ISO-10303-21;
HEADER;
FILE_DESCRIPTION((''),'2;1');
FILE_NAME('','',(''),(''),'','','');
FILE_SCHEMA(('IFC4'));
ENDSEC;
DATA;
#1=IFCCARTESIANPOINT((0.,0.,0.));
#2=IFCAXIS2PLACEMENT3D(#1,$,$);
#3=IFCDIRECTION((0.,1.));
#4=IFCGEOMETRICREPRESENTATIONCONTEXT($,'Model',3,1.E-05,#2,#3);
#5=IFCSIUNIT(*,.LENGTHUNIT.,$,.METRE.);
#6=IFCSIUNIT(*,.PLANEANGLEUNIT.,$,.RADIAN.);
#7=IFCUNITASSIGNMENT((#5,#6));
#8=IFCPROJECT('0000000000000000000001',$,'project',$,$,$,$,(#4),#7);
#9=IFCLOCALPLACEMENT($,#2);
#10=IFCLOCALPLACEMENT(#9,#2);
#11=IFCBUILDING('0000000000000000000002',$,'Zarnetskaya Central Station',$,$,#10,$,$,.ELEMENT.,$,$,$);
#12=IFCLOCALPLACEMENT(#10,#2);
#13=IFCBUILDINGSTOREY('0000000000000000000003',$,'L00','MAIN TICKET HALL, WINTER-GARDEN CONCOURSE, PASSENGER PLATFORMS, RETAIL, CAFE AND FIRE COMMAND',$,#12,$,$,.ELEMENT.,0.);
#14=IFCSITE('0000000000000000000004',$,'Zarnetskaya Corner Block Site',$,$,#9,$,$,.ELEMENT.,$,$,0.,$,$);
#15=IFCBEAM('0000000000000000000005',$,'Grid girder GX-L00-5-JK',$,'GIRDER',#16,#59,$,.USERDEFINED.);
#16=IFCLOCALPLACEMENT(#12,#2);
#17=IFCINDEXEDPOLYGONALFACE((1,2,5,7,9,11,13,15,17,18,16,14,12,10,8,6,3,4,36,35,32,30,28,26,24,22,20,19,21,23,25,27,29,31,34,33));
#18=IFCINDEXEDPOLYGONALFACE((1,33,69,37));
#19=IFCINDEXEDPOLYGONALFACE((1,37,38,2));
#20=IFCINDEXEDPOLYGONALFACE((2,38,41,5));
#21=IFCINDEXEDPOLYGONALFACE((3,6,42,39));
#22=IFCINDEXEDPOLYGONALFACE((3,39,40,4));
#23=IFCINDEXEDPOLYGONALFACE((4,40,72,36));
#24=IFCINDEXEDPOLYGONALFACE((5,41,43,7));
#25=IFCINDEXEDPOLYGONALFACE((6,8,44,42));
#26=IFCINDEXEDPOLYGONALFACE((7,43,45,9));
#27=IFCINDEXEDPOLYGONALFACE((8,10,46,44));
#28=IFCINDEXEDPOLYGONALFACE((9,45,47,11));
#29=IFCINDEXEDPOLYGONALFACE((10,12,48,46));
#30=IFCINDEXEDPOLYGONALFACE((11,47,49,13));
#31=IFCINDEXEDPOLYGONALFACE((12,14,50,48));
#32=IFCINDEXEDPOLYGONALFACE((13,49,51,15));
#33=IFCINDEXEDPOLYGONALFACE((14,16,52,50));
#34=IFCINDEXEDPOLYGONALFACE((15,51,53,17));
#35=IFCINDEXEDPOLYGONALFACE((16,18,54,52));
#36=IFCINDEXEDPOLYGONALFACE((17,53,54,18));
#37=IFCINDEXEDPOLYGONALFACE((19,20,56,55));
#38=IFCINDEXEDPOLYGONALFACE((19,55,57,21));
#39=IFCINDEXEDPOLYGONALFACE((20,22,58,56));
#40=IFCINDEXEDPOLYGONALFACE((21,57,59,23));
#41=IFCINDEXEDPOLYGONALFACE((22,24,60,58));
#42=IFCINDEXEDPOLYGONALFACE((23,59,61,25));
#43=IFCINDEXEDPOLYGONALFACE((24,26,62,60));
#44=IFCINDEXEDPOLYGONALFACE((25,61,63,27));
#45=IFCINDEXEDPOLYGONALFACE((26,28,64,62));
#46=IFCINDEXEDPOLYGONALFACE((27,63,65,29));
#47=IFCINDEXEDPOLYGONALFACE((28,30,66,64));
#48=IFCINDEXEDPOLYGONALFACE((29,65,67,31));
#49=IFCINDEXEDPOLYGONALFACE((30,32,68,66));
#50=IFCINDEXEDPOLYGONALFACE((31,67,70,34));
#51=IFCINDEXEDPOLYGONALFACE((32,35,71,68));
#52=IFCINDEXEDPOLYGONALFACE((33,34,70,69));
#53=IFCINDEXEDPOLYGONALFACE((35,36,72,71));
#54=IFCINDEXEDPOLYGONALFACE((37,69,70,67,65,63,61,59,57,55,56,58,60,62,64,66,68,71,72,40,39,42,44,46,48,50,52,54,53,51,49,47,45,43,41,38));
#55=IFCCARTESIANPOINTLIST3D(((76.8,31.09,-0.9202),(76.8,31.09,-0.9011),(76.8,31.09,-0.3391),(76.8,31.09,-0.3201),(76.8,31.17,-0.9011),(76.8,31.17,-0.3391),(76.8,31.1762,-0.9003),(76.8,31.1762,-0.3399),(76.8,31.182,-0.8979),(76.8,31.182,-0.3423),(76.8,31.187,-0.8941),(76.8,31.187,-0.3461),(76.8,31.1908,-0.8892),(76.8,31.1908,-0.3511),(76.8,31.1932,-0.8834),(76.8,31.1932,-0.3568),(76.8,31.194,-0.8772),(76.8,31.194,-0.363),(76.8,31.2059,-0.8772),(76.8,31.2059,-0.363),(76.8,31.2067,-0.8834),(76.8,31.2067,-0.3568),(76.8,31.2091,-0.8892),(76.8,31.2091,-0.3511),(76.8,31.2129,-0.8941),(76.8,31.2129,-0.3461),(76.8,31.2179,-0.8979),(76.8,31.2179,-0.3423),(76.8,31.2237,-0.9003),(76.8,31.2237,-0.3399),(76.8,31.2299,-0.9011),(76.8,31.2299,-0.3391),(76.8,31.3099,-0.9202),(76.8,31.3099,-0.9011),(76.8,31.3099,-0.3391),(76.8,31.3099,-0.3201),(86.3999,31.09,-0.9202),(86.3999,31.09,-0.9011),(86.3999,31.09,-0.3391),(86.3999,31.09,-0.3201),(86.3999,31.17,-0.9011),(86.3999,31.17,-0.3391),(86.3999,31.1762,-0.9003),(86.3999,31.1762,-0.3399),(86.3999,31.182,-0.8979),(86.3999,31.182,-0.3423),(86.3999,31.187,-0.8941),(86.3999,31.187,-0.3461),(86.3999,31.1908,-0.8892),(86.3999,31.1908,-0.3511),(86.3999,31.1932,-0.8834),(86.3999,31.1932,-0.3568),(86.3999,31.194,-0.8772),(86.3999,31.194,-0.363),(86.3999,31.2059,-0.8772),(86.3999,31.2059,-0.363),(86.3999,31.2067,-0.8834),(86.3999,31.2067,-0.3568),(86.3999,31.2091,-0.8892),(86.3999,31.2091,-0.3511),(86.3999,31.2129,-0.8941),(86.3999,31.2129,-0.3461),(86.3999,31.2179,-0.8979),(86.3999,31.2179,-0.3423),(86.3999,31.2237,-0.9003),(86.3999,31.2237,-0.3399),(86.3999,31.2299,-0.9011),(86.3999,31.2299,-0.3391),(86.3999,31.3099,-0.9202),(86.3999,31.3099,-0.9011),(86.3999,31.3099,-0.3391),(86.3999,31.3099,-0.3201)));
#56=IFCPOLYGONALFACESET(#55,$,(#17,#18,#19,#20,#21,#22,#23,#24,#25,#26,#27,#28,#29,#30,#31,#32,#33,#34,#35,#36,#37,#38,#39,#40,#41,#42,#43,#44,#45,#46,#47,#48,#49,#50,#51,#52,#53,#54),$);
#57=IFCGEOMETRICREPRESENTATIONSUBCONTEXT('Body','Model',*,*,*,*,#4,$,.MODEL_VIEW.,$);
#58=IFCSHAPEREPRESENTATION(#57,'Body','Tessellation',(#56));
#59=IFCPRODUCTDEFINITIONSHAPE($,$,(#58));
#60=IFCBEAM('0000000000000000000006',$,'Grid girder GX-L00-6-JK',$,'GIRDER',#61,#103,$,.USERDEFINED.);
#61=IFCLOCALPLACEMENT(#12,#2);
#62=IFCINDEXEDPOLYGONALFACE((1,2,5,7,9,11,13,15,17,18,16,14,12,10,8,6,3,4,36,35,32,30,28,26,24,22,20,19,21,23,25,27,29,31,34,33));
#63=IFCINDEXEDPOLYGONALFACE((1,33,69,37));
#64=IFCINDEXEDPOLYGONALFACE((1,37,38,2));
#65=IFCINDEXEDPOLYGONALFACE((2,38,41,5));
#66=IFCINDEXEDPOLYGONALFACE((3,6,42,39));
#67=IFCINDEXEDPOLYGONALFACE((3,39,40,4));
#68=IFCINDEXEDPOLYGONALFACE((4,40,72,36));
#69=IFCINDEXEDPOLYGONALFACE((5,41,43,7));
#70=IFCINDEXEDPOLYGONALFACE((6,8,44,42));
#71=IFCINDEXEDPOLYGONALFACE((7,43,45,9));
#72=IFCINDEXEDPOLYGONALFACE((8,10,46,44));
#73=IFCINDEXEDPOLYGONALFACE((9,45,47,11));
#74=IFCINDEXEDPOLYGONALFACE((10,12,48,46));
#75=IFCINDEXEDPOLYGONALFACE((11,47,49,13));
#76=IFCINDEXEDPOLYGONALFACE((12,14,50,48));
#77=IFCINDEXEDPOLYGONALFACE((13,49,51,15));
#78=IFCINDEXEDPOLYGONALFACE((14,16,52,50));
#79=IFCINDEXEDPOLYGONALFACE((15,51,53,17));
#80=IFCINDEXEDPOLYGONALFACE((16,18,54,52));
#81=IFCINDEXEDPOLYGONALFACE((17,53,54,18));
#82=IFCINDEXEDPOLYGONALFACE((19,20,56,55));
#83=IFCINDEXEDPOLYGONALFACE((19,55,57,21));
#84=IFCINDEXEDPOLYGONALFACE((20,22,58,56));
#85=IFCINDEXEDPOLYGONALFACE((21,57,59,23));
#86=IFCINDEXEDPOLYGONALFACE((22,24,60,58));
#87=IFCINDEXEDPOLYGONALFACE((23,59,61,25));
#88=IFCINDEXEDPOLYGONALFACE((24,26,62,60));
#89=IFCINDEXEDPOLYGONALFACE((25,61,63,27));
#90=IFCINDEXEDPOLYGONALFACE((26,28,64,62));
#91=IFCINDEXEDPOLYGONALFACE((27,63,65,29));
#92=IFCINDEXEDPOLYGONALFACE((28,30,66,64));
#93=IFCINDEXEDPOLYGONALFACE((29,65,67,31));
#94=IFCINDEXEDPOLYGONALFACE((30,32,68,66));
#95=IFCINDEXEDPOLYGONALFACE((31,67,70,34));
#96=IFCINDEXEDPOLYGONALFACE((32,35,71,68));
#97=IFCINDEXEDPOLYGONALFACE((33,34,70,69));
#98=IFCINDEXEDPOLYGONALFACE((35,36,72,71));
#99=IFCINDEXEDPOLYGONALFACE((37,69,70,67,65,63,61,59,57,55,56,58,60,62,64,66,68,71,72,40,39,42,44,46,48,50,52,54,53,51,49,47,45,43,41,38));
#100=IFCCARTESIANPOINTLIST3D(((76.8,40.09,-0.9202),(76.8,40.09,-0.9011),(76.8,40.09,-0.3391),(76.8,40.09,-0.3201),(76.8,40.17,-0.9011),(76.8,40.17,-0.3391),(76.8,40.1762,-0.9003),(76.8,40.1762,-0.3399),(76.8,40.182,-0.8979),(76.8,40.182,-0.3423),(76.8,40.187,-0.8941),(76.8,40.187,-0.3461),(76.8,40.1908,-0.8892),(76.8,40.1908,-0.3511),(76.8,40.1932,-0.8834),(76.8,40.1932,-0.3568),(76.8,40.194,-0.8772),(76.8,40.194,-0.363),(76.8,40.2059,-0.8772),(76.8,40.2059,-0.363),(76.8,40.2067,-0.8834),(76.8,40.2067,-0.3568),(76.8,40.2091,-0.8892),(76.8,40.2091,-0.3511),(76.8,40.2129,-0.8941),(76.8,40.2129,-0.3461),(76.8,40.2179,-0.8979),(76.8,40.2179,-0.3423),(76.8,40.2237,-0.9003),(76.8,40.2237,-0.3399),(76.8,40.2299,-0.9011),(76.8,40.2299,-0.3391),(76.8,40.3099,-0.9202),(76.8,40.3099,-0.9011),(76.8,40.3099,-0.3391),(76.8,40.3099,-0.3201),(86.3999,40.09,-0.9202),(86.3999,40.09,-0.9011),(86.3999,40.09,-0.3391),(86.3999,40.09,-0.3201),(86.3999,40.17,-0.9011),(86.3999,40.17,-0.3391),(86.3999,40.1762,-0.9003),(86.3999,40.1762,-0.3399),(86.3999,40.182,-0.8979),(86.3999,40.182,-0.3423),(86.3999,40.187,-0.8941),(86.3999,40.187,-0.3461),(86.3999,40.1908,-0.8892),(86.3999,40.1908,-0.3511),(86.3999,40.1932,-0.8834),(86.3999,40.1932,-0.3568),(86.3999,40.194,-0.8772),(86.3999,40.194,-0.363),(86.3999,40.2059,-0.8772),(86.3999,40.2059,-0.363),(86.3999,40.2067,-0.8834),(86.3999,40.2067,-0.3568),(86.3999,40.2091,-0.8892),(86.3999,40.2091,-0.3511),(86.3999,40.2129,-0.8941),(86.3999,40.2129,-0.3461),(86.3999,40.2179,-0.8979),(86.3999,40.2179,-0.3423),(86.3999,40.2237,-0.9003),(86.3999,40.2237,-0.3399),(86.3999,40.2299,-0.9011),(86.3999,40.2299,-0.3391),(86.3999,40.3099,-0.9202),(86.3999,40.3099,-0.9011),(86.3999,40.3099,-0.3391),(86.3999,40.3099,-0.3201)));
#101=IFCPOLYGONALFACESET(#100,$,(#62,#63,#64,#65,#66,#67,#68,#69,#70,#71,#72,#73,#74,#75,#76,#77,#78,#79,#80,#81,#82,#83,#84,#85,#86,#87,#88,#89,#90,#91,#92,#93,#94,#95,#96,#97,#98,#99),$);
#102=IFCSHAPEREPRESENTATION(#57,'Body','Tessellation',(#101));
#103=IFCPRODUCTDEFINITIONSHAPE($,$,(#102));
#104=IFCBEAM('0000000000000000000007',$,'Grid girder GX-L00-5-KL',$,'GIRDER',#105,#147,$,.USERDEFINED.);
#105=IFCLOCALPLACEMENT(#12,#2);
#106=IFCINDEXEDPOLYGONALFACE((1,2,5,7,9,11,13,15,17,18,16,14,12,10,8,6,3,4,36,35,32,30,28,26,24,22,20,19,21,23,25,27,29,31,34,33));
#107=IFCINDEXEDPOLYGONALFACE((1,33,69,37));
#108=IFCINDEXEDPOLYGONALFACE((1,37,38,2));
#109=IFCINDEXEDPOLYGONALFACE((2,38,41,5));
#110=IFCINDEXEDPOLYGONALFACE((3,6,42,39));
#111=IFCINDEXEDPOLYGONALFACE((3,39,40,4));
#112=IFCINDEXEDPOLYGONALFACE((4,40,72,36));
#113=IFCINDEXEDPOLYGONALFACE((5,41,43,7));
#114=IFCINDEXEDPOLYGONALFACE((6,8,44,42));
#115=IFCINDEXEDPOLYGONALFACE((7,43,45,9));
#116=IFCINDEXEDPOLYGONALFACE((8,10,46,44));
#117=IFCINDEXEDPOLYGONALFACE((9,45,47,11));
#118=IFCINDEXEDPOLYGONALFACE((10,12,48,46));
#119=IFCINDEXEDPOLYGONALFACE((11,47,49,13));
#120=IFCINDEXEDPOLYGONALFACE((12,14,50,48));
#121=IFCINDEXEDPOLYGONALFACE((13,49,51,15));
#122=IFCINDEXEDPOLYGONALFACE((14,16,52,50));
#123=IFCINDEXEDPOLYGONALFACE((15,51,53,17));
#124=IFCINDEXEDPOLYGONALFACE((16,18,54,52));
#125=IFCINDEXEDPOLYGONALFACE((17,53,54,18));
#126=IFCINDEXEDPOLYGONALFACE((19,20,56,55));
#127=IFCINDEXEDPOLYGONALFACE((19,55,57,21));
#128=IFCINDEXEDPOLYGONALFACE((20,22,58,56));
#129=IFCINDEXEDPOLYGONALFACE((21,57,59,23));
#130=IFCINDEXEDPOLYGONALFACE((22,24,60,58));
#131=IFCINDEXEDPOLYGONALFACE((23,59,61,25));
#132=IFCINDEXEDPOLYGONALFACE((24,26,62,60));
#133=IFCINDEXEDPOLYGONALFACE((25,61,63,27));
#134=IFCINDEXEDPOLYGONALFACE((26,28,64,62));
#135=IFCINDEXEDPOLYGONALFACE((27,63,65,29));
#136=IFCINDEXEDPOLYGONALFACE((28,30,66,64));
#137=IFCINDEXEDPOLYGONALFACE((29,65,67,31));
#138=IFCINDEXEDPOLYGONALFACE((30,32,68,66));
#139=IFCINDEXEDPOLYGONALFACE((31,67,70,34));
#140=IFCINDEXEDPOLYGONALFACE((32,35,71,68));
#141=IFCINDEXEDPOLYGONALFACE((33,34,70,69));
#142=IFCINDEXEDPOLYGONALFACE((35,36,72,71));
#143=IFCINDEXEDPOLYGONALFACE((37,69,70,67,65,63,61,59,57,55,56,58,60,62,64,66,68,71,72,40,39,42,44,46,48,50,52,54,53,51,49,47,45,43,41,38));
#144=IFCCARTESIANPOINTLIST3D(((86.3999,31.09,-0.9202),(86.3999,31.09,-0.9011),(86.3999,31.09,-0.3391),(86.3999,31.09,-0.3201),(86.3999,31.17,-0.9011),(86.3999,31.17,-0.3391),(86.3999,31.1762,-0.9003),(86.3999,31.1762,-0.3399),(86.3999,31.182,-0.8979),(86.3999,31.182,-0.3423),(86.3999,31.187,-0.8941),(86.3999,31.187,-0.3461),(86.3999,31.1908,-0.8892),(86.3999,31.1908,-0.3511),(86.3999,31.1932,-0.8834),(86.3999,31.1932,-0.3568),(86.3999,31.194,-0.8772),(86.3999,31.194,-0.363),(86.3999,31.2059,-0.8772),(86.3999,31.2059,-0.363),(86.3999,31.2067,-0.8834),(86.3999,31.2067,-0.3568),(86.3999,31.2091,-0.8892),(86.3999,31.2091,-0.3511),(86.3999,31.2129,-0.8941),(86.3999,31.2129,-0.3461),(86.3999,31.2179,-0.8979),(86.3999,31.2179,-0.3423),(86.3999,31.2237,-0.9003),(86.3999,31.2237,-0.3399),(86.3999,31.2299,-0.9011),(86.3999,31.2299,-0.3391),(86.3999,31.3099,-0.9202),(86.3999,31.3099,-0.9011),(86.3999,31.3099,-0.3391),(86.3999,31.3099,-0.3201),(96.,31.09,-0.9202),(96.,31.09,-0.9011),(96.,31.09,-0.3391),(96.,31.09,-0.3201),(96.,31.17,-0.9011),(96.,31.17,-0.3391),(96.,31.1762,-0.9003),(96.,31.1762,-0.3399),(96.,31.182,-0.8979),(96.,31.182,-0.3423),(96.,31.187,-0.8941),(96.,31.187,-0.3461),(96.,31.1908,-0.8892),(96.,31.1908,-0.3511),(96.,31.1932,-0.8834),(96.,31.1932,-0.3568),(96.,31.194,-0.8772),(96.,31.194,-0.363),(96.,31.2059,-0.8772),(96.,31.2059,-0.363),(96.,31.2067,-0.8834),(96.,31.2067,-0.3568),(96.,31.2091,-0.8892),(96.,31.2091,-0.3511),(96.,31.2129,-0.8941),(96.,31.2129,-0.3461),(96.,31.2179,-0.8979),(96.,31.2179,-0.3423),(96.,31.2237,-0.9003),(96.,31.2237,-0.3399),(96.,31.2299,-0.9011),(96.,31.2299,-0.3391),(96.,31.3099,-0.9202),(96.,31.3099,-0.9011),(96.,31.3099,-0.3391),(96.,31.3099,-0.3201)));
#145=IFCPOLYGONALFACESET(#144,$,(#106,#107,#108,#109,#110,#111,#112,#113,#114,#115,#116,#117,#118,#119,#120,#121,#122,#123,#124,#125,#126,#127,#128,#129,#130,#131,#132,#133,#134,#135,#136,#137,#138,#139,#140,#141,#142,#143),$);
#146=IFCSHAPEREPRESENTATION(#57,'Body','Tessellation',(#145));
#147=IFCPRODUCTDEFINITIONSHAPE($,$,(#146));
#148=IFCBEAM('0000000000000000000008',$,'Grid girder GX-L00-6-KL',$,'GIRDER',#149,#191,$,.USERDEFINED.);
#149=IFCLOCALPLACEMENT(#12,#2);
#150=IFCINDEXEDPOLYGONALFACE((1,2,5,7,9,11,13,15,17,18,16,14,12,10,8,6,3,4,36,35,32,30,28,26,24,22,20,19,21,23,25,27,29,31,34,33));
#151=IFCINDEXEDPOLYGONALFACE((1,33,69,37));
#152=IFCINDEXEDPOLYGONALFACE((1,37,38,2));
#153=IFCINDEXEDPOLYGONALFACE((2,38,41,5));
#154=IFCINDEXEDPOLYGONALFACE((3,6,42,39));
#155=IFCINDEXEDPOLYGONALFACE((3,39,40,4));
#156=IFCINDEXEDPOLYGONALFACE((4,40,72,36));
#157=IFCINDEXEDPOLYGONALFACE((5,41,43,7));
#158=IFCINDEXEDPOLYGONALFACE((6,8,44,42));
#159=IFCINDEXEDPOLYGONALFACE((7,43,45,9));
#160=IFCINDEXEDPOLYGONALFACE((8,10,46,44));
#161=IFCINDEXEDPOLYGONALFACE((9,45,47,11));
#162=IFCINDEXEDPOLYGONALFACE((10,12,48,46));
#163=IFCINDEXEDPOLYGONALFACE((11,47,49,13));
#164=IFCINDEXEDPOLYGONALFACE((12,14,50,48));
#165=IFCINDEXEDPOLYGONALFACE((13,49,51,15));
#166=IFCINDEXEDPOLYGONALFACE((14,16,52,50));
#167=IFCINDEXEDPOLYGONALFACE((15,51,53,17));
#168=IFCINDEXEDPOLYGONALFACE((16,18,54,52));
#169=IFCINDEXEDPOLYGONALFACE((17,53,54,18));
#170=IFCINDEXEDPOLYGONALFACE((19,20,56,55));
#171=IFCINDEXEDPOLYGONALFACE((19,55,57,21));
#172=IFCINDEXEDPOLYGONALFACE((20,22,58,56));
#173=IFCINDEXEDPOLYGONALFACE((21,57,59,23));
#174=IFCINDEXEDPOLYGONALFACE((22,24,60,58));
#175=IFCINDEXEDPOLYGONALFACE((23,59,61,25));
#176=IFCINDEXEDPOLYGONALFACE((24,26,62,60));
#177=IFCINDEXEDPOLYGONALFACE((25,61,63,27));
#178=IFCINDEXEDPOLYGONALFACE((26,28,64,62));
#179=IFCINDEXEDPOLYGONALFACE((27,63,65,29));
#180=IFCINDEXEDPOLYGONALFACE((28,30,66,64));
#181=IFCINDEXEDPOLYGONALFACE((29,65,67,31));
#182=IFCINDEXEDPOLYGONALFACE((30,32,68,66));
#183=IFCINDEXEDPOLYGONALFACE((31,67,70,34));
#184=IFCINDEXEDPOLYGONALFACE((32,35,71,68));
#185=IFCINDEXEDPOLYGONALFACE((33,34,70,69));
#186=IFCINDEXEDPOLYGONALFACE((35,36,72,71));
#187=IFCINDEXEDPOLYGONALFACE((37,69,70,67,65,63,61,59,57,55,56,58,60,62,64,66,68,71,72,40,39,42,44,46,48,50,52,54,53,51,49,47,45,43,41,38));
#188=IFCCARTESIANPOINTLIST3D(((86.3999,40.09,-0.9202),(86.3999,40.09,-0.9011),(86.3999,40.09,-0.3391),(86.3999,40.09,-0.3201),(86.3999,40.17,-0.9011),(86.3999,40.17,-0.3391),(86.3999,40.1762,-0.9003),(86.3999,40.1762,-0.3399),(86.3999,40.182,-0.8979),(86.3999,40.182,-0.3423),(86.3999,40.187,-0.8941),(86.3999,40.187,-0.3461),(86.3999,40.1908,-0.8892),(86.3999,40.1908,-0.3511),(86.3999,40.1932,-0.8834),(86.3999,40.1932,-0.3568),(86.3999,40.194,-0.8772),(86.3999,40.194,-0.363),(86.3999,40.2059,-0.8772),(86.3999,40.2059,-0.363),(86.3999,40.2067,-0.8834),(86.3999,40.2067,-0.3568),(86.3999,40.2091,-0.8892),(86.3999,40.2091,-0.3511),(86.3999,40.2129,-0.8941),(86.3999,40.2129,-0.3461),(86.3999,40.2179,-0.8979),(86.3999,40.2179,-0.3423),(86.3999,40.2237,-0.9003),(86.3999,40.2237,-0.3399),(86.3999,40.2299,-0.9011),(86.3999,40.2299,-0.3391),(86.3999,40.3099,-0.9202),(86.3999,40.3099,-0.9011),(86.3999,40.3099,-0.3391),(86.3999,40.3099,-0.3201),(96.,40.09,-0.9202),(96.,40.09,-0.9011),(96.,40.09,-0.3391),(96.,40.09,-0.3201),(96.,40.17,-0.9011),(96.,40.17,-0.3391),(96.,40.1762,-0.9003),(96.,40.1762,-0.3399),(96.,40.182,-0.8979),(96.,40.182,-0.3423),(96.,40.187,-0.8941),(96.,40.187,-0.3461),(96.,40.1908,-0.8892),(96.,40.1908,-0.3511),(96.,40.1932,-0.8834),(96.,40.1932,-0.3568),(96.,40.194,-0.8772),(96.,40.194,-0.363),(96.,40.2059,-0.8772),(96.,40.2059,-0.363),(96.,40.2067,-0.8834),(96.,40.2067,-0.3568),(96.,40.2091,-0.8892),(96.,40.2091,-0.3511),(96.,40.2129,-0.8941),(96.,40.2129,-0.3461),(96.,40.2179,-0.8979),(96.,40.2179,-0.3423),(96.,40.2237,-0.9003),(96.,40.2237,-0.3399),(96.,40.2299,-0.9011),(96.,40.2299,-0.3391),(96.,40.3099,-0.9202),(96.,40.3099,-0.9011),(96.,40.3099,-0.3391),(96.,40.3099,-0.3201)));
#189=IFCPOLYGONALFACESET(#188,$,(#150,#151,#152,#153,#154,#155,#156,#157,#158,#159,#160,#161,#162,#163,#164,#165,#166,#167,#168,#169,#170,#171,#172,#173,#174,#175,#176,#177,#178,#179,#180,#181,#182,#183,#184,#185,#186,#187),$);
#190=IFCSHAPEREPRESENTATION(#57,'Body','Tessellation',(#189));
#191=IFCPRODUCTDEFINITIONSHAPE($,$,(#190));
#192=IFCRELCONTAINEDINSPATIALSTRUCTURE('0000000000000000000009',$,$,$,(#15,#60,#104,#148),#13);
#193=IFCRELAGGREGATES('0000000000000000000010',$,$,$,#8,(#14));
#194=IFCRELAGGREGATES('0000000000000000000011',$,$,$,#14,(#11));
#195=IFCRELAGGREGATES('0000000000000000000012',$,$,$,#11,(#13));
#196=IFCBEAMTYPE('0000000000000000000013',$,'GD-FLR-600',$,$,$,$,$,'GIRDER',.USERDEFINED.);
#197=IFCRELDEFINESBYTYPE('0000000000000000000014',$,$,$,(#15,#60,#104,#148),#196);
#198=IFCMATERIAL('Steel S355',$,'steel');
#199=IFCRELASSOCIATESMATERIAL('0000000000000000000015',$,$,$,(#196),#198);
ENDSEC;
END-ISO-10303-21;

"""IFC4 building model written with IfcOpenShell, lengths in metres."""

from ifc_helpers import new_model, si_unit, direction, frame, origin, origin_2d, place, context, subcontext, project, spatial, i_section, extrude, material, material_profile, profile_set, type_object, element, save


model = new_model("IFC4")

# Units and contexts
model_context = context("Model", 3, precision=1e-05, world=origin(), true_north=direction((0.0, 1.0)))
body_context = subcontext(model_context, "Body", "Model", "MODEL_VIEW")
ifc_project = project(units=[si_unit("LENGTHUNIT", "METRE"), si_unit("PLANEANGLEUNIT", "RADIAN")], contexts=[model_context])

# Site, building, storey
site_placement = place(None, origin())
site = spatial("IfcSite", under=ifc_project, at=site_placement, Name="Zarnetskaya Corner Block Site", CompositionType="ELEMENT", RefElevation=0.0)
building_placement = place(site_placement, origin())
building = spatial("IfcBuilding", under=site, at=building_placement, Name="Zarnetskaya Central Station", CompositionType="ELEMENT")
storey_placement = place(building_placement, origin())
storey = spatial("IfcBuildingStorey", under=building, at=storey_placement, Name="L00", Description="MAIN TICKET HALL, WINTER-GARDEN CONCOURSE, PASSENGER PLATFORMS, RETAIL, CAFE AND FIRE COMMAND", CompositionType="ELEMENT", Elevation=0.0)

# Beams
ifc_material = material(Name="Steel S355", Category="steel")
ifc_material_profile_1 = material_profile(ifc_material, i_section(OverallWidth=0.22, OverallDepth=0.6001, WebThickness=0.012, FlangeThickness=0.019, FilletRadius=0.0239, at=origin_2d()), Name="IPE 600")
ifc_profile_set_1 = profile_set([ifc_material_profile_1], Name="Steel S355")
beam_type_1 = type_object("IfcBeamType", Name="GD-FLR-600", ElementType="GIRDER", PredefinedType="USERDEFINED", material=ifc_profile_set_1)
for number, where, z_axis, x_axis, name in (
    (1, (76.8, 31.2, -0.6201), (1.0, 0.0, 0.0), (0.0, 1.0, 0.0), "Grid girder GX-L00-5-JK"),
    (2, (76.8, 40.2, -0.6201), (1.0, 0.0, 0.0), (0.0, 1.0, 0.0), "Grid girder GX-L00-6-JK"),
):
    element("IfcBeam", number, at=place(storey_placement, frame(where, z_axis=z_axis, x_axis=x_axis)), inside=storey, type_object=beam_type_1, Name=name, ObjectType="GIRDER", PredefinedType="USERDEFINED", context=body_context, shape_type="SweptSolid", body=[
        extrude(i_section(OverallWidth=0.22, OverallDepth=0.6001, WebThickness=0.012, FlangeThickness=0.019, FilletRadius=0.0239, at=origin_2d()), origin(), (0.0, 0.0, 1.0), 9.5999),
    ])
for number, where, z_axis, x_axis, name in (
    (3, (86.3999, 31.2, -0.6201), (1.0, 0.0, 0.0), (0.0, 1.0, 0.0), "Grid girder GX-L00-5-KL"),
    (4, (86.3999, 40.2, -0.6201), (1.0, 0.0, 0.0), (0.0, 1.0, 0.0), "Grid girder GX-L00-6-KL"),
):
    element("IfcBeam", number, at=place(storey_placement, frame(where, z_axis=z_axis, x_axis=x_axis)), inside=storey, type_object=beam_type_1, Name=name, ObjectType="GIRDER", PredefinedType="USERDEFINED", context=body_context, shape_type="SweptSolid", body=[
        extrude(i_section(OverallWidth=0.22, OverallDepth=0.6001, WebThickness=0.012, FlangeThickness=0.019, FilletRadius=0.0239, at=origin_2d()), origin(), (0.0, 0.0, 1.0), 9.6001),
    ])

save(model, "model.ifc")
